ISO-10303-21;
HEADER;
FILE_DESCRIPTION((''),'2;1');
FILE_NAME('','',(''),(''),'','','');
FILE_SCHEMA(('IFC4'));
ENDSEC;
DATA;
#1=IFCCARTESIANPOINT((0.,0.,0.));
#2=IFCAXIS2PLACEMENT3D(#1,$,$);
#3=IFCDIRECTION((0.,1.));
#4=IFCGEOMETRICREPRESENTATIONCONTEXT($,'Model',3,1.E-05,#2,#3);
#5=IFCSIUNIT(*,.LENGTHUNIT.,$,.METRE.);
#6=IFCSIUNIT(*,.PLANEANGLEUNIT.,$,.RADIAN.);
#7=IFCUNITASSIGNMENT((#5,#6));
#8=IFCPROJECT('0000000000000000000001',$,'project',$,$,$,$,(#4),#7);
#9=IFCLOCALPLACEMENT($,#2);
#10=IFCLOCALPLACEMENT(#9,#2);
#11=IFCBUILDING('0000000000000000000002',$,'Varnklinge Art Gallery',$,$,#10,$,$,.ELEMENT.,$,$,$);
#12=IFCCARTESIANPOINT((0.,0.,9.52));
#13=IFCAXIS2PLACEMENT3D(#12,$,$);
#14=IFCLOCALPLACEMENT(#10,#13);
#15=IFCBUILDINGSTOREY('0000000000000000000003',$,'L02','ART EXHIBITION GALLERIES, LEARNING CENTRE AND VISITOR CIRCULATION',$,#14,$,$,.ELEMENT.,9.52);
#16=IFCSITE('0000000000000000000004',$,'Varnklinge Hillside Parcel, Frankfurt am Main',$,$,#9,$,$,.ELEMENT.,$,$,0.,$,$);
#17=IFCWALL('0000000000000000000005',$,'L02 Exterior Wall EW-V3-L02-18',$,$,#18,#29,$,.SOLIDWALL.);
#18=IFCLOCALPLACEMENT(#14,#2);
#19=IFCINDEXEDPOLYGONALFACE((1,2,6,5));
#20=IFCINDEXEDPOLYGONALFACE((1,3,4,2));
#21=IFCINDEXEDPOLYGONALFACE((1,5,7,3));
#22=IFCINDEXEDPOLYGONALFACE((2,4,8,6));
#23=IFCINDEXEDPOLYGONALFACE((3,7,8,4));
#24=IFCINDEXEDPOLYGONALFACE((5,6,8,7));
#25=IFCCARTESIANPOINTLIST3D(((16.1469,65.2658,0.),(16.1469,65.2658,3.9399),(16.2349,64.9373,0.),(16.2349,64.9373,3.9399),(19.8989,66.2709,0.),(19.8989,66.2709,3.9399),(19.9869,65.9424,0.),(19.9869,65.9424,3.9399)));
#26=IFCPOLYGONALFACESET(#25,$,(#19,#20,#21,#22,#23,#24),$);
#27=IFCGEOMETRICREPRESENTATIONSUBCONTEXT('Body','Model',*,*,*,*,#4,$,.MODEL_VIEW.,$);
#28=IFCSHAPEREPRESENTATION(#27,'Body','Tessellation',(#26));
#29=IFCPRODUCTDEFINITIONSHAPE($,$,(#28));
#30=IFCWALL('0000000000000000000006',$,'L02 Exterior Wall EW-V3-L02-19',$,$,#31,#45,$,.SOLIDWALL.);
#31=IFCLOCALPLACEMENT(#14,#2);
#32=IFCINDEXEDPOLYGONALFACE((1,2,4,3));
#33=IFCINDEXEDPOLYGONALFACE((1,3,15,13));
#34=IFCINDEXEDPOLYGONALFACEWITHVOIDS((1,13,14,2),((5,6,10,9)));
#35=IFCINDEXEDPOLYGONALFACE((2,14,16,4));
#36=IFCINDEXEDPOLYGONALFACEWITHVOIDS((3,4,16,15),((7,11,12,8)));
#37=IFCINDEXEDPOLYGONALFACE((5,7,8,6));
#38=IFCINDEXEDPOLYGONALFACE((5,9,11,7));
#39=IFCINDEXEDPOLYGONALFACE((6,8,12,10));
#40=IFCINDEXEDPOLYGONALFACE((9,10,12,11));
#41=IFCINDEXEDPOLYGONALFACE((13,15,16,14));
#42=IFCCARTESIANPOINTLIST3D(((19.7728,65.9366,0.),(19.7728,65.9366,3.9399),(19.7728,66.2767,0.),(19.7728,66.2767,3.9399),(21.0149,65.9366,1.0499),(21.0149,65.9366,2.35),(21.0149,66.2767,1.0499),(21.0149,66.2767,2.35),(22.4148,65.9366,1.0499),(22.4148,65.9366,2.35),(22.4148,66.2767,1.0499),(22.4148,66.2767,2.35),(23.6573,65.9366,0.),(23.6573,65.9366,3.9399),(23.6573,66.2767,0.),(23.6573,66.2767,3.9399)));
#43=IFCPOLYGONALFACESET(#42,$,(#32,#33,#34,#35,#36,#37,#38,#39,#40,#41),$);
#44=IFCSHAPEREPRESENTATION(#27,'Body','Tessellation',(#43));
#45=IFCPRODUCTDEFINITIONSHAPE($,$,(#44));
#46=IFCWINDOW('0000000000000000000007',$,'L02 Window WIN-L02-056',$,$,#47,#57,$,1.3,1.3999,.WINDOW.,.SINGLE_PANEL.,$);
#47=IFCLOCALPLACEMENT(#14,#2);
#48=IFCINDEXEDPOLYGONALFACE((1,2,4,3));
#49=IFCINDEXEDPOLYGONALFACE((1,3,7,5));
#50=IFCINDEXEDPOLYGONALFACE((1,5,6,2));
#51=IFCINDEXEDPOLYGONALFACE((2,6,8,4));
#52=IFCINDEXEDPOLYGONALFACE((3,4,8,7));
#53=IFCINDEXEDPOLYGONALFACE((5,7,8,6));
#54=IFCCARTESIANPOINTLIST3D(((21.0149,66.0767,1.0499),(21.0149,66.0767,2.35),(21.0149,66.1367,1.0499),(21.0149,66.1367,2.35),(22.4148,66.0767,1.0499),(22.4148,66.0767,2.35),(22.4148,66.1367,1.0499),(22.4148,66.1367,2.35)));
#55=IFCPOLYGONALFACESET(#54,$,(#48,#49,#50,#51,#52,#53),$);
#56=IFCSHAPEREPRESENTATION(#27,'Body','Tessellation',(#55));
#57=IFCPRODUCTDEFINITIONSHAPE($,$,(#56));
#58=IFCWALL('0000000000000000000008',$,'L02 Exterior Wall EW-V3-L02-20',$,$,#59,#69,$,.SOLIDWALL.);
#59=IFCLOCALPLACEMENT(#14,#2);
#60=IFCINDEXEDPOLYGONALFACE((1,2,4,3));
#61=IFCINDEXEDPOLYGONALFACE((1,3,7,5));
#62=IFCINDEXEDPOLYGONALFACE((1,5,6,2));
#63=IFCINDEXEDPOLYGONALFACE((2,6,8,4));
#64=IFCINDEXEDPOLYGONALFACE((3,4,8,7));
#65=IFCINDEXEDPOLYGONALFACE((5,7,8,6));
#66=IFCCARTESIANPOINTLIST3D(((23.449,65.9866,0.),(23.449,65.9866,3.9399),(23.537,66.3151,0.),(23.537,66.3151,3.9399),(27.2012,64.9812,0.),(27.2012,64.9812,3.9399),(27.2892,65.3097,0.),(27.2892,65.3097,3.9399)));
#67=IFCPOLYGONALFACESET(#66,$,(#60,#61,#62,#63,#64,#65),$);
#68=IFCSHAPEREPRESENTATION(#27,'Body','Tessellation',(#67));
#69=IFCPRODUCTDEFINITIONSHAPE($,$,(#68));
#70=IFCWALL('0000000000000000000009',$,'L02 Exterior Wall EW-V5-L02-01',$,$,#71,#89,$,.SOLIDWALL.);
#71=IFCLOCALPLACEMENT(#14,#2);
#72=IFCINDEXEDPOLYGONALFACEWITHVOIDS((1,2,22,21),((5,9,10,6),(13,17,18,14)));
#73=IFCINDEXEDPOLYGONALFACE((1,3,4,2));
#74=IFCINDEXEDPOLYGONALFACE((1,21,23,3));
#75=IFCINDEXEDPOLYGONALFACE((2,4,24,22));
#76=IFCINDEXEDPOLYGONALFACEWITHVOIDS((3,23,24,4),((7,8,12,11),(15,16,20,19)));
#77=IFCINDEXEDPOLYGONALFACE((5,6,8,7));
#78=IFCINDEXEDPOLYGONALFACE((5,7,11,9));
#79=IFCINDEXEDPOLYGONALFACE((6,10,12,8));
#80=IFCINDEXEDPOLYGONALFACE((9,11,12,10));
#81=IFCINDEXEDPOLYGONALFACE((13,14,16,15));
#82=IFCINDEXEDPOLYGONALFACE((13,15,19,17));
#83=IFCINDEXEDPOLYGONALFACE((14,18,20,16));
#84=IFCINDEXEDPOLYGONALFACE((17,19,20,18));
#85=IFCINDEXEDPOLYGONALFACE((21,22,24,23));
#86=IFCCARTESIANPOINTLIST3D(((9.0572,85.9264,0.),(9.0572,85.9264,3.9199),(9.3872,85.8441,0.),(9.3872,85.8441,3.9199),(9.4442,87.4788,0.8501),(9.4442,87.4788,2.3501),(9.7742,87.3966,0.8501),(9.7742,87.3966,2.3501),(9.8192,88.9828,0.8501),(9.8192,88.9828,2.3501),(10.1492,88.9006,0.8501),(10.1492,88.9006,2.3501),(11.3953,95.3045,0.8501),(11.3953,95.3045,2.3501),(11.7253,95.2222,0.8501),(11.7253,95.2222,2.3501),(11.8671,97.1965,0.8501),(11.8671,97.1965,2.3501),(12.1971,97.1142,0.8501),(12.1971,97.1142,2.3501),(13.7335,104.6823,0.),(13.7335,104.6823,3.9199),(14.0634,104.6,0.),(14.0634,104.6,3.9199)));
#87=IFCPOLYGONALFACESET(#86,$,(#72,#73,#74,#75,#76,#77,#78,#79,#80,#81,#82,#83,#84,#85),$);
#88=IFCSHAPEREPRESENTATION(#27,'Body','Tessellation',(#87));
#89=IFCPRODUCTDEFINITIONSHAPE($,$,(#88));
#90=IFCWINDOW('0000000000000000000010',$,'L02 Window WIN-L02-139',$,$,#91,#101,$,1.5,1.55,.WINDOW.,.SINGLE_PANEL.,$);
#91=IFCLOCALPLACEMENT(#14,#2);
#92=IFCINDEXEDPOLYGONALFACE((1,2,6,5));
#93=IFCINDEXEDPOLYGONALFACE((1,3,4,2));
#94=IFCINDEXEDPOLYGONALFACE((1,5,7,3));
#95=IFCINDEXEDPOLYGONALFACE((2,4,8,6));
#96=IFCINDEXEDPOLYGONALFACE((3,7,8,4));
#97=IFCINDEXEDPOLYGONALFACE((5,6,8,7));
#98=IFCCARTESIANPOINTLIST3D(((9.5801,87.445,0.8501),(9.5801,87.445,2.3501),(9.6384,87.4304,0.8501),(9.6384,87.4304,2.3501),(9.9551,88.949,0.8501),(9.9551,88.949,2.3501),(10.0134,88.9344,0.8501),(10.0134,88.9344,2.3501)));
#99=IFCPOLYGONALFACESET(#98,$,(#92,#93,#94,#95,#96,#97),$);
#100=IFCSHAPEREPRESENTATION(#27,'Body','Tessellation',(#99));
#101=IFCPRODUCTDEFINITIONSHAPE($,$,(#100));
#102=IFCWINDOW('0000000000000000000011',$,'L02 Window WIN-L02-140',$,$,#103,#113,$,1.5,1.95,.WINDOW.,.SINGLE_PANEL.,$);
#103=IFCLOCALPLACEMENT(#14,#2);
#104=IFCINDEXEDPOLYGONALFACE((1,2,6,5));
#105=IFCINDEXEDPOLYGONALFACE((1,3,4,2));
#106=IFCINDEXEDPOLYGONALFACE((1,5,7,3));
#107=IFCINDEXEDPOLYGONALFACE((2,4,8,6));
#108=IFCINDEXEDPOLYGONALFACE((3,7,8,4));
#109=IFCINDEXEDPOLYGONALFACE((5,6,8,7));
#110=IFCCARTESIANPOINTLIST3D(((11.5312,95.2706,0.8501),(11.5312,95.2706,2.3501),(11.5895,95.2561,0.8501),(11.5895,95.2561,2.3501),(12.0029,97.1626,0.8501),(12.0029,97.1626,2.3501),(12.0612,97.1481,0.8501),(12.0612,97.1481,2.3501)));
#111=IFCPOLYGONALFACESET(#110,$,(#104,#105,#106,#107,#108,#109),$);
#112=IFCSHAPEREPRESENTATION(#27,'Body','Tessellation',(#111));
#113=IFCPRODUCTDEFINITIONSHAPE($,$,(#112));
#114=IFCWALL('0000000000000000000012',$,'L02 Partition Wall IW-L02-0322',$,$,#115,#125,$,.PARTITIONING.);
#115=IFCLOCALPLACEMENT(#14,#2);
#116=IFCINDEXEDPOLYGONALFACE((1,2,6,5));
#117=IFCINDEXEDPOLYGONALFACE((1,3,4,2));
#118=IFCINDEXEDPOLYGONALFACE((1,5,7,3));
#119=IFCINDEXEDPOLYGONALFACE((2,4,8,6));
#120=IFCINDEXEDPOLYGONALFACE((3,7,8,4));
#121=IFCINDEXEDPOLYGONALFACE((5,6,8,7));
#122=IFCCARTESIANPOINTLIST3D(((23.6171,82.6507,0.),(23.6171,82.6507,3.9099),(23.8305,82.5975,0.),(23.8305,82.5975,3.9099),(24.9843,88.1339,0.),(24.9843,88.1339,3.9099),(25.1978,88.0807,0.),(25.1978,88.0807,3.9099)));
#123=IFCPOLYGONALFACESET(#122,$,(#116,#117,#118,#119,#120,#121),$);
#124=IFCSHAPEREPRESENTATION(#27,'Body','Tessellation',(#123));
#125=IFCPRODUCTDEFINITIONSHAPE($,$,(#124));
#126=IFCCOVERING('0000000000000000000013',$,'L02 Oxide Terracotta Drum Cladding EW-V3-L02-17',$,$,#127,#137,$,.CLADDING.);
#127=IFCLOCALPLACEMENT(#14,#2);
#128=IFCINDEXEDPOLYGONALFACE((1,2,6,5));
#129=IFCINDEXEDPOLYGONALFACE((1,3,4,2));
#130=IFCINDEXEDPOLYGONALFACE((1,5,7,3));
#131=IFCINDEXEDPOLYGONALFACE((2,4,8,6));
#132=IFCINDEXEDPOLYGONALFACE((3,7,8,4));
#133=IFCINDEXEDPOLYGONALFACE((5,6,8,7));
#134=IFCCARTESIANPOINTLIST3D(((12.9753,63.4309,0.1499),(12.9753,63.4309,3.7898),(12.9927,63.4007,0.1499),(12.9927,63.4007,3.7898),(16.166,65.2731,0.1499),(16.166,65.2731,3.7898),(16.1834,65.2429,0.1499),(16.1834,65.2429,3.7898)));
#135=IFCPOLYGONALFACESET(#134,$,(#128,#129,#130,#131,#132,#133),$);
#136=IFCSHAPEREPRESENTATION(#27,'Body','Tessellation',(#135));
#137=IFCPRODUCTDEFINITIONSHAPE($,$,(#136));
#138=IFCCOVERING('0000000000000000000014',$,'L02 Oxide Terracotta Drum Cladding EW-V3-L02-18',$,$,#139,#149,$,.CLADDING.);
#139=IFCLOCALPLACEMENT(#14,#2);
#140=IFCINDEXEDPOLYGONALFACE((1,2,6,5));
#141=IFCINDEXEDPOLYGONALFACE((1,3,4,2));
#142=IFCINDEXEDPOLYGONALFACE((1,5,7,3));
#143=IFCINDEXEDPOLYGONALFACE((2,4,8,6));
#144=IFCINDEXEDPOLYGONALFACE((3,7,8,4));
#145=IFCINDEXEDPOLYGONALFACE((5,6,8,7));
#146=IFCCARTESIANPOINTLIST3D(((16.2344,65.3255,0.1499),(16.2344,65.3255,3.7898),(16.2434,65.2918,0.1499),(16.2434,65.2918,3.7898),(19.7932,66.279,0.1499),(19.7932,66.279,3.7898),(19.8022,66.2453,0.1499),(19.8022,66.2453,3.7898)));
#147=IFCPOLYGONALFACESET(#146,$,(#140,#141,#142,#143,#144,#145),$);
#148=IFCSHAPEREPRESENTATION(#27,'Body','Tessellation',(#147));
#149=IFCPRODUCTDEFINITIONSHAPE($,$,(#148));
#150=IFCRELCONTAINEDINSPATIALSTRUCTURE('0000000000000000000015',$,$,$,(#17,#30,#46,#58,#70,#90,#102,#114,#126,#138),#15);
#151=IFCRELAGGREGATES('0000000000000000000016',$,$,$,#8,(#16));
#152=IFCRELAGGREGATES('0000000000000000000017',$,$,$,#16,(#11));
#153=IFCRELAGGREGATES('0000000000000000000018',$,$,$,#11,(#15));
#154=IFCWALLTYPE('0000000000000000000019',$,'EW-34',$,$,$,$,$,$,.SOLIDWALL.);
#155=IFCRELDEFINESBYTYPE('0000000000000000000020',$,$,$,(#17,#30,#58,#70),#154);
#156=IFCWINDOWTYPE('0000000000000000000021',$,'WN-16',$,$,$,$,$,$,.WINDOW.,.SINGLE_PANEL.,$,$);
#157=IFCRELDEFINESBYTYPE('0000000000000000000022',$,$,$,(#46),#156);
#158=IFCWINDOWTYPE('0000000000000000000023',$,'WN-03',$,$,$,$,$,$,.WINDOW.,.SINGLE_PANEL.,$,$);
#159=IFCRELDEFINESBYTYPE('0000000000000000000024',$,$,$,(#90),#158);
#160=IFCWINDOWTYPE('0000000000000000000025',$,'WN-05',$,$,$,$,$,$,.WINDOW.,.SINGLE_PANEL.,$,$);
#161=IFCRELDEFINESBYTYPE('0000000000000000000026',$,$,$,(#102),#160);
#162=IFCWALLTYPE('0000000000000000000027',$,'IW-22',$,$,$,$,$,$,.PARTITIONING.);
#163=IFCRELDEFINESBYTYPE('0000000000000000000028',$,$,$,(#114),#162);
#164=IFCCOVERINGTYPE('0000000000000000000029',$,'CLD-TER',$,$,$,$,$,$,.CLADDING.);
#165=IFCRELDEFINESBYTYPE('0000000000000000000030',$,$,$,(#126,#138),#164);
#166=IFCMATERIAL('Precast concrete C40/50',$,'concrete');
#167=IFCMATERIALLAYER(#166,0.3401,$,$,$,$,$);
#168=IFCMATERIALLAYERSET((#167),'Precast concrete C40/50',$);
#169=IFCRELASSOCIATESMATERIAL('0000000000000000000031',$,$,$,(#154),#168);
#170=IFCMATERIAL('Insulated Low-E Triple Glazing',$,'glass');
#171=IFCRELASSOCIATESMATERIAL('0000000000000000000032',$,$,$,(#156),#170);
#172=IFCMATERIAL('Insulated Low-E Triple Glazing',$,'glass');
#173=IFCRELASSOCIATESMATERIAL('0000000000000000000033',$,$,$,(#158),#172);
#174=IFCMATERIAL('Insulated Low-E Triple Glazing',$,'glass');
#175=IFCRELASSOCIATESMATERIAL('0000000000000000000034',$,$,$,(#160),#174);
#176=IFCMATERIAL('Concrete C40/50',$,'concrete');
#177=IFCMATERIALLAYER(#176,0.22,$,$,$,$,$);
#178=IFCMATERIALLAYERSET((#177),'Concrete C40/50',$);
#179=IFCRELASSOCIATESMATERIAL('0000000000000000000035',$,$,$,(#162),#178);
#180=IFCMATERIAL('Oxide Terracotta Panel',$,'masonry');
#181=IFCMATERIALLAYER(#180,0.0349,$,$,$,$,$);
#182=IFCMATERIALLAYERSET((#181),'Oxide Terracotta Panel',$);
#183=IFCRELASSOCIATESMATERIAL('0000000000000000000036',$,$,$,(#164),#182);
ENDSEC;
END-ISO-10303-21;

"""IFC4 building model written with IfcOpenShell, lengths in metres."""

from ifc_helpers import new_model, si_unit, direction, frame, frame_2d, origin, origin_2d, place, context, subcontext, project, spatial, rectangle, extrude, material, layer, layer_set, type_object, element, fill, save


model = new_model("IFC4")

# Units and contexts
model_context = context("Model", 3, precision=1e-05, world=origin(), true_north=direction((0.0, 1.0)))
body_context = subcontext(model_context, "Body", "Model", "MODEL_VIEW")
ifc_project = project(units=[si_unit("LENGTHUNIT", "METRE"), si_unit("PLANEANGLEUNIT", "RADIAN")], contexts=[model_context])

# Site, building, storey
site_placement = place(None, origin())
site = spatial("IfcSite", under=ifc_project, at=site_placement, Name="Varnklinge Hillside Parcel, Frankfurt am Main", CompositionType="ELEMENT", RefElevation=0.0)
building_placement = place(site_placement, origin())
building = spatial("IfcBuilding", under=site, at=building_placement, Name="Varnklinge Art Gallery", CompositionType="ELEMENT")
storey_placement = place(building_placement, frame((0.0, 0.0, 9.52)))
storey = spatial("IfcBuildingStorey", under=building, at=storey_placement, Name="L02", Description="ART EXHIBITION GALLERIES, LEARNING CENTRE AND VISITOR CIRCULATION", CompositionType="ELEMENT", Elevation=9.52)

# Wall
ifc_material_1 = material(Name="Precast concrete C40/50", Category="concrete")
ifc_layer_1 = layer(ifc_material_1, 0.3401)
ifc_layer_set_1 = layer_set([ifc_layer_1], Name="Precast concrete C40/50")
wall_type_1 = type_object("IfcWallType", Name="EW-34", PredefinedType="SOLIDWALL", material=ifc_layer_set_1)
wall_1_placement = place(storey_placement, frame((16.1909, 65.1016, 0.0), z_axis=(0.0, 0.0, 1.0), x_axis=(0.965939, 0.25877, 0.0)))
element("IfcWall", 1, at=wall_1_placement, inside=storey, type_object=wall_type_1, Name="L02 Exterior Wall EW-V3-L02-18", PredefinedType="SOLIDWALL", context=body_context, shape_type="SweptSolid", body=[
    extrude(rectangle(XDim=3.8843, YDim=0.3401, at=frame_2d((1.9421, 0.0))), origin(), (0.0, 0.0, 1.0), 3.9399),
])

# Wall, opening, window
wall_2_placement = place(storey_placement, frame((19.7727, 66.1067, 0.0), z_axis=(0.0, 0.0, 1.0), x_axis=(1.0, 0.0, 0.0)))
wall_2 = element("IfcWall", 2, at=wall_2_placement, inside=storey, type_object=wall_type_1, Name="L02 Exterior Wall EW-V3-L02-19", PredefinedType="SOLIDWALL", context=body_context, shape_type="SweptSolid", body=[
    extrude(rectangle(XDim=3.8845, YDim=0.3401, at=frame_2d((1.9424, 0.0))), origin(), (0.0, 0.0, 1.0), 3.9399),
])
opening_1_placement = place(wall_2_placement, frame((1.2422, 0.0, 1.05)))
opening_1 = element("IfcOpeningElement", 3, at=opening_1_placement, cuts=wall_2, PredefinedType="OPENING", context=body_context, shape_type="SweptSolid", body=[
    extrude(rectangle(XDim=1.3999, YDim=1.3, at=frame_2d((0.7, 0.6499))), frame((0.0, 0.1799, 0.0), z_axis=(0.0, -1.0, 0.0), x_axis=(1.0, 0.0, 0.0)), (0.0, 0.0, 1.0), 0.3601),
])
ifc_material_2 = material(Name="Insulated Low-E Triple Glazing", Category="glass")
window_type_1 = type_object("IfcWindowType", Name="WN-16", PartitioningType="SINGLE_PANEL", PredefinedType="WINDOW", material=ifc_material_2)
window_1_placement = place(opening_1_placement, origin())
window_1 = element("IfcWindow", 4, at=window_1_placement, inside=storey, type_object=window_type_1, Name="L02 Window WIN-L02-056", OverallHeight=1.3, OverallWidth=1.3999, PartitioningType="SINGLE_PANEL", PredefinedType="WINDOW", context=body_context, shape_type="SweptSolid", body=[
    extrude(rectangle(XDim=1.3999, YDim=1.3, at=frame_2d((0.7, 0.6499))), frame((0.0, 0.03, 0.0), z_axis=(0.0, -1.0, 0.0), x_axis=(1.0, 0.0, 0.0)), (0.0, 0.0, 1.0), 0.0601),
])
fill(opening_1, window_1)

# Wall
wall_3_placement = place(storey_placement, frame((23.4929, 66.1509, 0.0), z_axis=(0.0, 0.0, 1.0), x_axis=(0.965928, -0.258813, 0.0)))
element("IfcWall", 5, at=wall_3_placement, inside=storey, type_object=wall_type_1, Name="L02 Exterior Wall EW-V3-L02-20", PredefinedType="SOLIDWALL", context=body_context, shape_type="SweptSolid", body=[
    extrude(rectangle(XDim=3.8845, YDim=0.3401, at=frame_2d((1.9424, 0.0))), origin(), (0.0, 0.0, 1.0), 3.9399),
])

# Wall, openings, windows
wall_4_placement = place(storey_placement, frame((9.2222, 85.8853, 0.0), z_axis=(0.0, 0.0, 1.0), x_axis=(0.241917, 0.970297, 0.0)))
wall_4 = element("IfcWall", 6, at=wall_4_placement, inside=storey, type_object=wall_type_1, Name="L02 Exterior Wall EW-V5-L02-01", PredefinedType="SOLIDWALL", context=body_context, shape_type="SweptSolid", body=[
    extrude(rectangle(XDim=19.3301, YDim=0.3401, at=frame_2d((9.665, 0.0))), origin(), (0.0, 0.0, 1.0), 3.9199),
])
opening_2_placement = place(wall_4_placement, frame((1.6001, 0.0, 0.8501)))
opening_2 = element("IfcOpeningElement", 7, at=opening_2_placement, cuts=wall_4, PredefinedType="OPENING", context=body_context, shape_type="SweptSolid", body=[
    extrude(rectangle(XDim=1.55, YDim=1.5, at=frame_2d((0.7749, 0.75))), frame((0.0, 0.1799, 0.0), z_axis=(0.0, -1.0, 0.0), x_axis=(1.0, 0.0, 0.0)), (0.0, 0.0, 1.0), 0.3601),
])
opening_3_placement = place(wall_4_placement, frame((9.665, 0.0, 0.8501)))
opening_3 = element("IfcOpeningElement", 8, at=opening_3_placement, cuts=wall_4, PredefinedType="OPENING", context=body_context, shape_type="SweptSolid", body=[
    extrude(rectangle(XDim=1.95, YDim=1.5, at=frame_2d((0.9751, 0.75))), frame((0.0, 0.1799, 0.0), z_axis=(0.0, -1.0, 0.0), x_axis=(1.0, 0.0, 0.0)), (0.0, 0.0, 1.0), 0.3601),
])
ifc_material_3 = material(Name="Insulated Low-E Triple Glazing", Category="glass")
window_type_2 = type_object("IfcWindowType", Name="WN-03", PartitioningType="SINGLE_PANEL", PredefinedType="WINDOW", material=ifc_material_3)
window_2_placement = place(opening_2_placement, origin())
window_2 = element("IfcWindow", 9, at=window_2_placement, inside=storey, type_object=window_type_2, Name="L02 Window WIN-L02-139", OverallHeight=1.5, OverallWidth=1.55, PartitioningType="SINGLE_PANEL", PredefinedType="WINDOW", context=body_context, shape_type="SweptSolid", body=[
    extrude(rectangle(XDim=1.55, YDim=1.5, at=frame_2d((0.7749, 0.75))), frame((0.0, 0.03, 0.0), z_axis=(0.0, -1.0, 0.0), x_axis=(1.0, 0.0, 0.0)), (0.0, 0.0, 1.0), 0.0601),
])
fill(opening_2, window_2)
ifc_material_4 = material(Name="Insulated Low-E Triple Glazing", Category="glass")
window_type_3 = type_object("IfcWindowType", Name="WN-05", PartitioningType="SINGLE_PANEL", PredefinedType="WINDOW", material=ifc_material_4)
window_3_placement = place(opening_3_placement, origin())
window_3 = element("IfcWindow", 10, at=window_3_placement, inside=storey, type_object=window_type_3, Name="L02 Window WIN-L02-140", OverallHeight=1.5, OverallWidth=1.95, PartitioningType="SINGLE_PANEL", PredefinedType="WINDOW", context=body_context, shape_type="SweptSolid", body=[
    extrude(rectangle(XDim=1.95, YDim=1.5, at=frame_2d((0.9751, 0.75))), frame((0.0, 0.03, 0.0), z_axis=(0.0, -1.0, 0.0), x_axis=(1.0, 0.0, 0.0)), (0.0, 0.0, 1.0), 0.0601),
])
fill(opening_3, window_3)

# Wall
ifc_material_5 = material(Name="Concrete C40/50", Category="concrete")
ifc_layer_2 = layer(ifc_material_5, 0.22)
ifc_layer_set_2 = layer_set([ifc_layer_2], Name="Concrete C40/50")
wall_type_2 = type_object("IfcWallType", Name="IW-22", PredefinedType="PARTITIONING", material=ifc_layer_set_2)
wall_5_placement = place(storey_placement, frame((25.0911, 88.1074, 0.0), z_axis=(0.0, 0.0, 1.0), x_axis=(-0.241936, -0.970292, 0.0)))
element("IfcWall", 11, at=wall_5_placement, inside=storey, type_object=wall_type_2, Name="L02 Partition Wall IW-L02-0322", PredefinedType="PARTITIONING", context=body_context, shape_type="SweptSolid", body=[
    extrude(rectangle(XDim=5.6511, YDim=0.22, at=frame_2d((2.8257, 0.0))), origin(), (0.0, 0.0, 1.0), 3.9099),
])

# Coverings
ifc_material_6 = material(Name="Oxide Terracotta Panel", Category="masonry")
ifc_layer_3 = layer(ifc_material_6, 0.0349)
ifc_layer_set_3 = layer_set([ifc_layer_3], Name="Oxide Terracotta Panel")
covering_type = type_object("IfcCoveringType", Name="CLD-TER", PredefinedType="CLADDING", material=ifc_layer_set_3)
for number, where, z_axis, x_axis, name in (
    (12, (14.5793, 64.3369, 0.1499), (0.0, 0.0, 1.0), (0.866025, 0.5, 0.0), "L02 Oxide Terracotta Drum Cladding EW-V3-L02-17"),
    (13, (18.0183, 65.7854, 0.1499), (0.0, 0.0, 1.0), (0.965926, 0.258819, 0.0), "L02 Oxide Terracotta Drum Cladding EW-V3-L02-18"),
):
    element("IfcCovering", number, at=place(storey_placement, frame(where, z_axis=z_axis, x_axis=x_axis)), inside=storey, type_object=covering_type, Name=name, PredefinedType="CLADDING", context=body_context, shape_type="SweptSolid", body=[
        extrude(rectangle(XDim=3.6843, YDim=0.0349, at=origin_2d()), origin(), (0.0, 0.0, 1.0), 3.6399),
    ])

save(model, "model.ifc")
